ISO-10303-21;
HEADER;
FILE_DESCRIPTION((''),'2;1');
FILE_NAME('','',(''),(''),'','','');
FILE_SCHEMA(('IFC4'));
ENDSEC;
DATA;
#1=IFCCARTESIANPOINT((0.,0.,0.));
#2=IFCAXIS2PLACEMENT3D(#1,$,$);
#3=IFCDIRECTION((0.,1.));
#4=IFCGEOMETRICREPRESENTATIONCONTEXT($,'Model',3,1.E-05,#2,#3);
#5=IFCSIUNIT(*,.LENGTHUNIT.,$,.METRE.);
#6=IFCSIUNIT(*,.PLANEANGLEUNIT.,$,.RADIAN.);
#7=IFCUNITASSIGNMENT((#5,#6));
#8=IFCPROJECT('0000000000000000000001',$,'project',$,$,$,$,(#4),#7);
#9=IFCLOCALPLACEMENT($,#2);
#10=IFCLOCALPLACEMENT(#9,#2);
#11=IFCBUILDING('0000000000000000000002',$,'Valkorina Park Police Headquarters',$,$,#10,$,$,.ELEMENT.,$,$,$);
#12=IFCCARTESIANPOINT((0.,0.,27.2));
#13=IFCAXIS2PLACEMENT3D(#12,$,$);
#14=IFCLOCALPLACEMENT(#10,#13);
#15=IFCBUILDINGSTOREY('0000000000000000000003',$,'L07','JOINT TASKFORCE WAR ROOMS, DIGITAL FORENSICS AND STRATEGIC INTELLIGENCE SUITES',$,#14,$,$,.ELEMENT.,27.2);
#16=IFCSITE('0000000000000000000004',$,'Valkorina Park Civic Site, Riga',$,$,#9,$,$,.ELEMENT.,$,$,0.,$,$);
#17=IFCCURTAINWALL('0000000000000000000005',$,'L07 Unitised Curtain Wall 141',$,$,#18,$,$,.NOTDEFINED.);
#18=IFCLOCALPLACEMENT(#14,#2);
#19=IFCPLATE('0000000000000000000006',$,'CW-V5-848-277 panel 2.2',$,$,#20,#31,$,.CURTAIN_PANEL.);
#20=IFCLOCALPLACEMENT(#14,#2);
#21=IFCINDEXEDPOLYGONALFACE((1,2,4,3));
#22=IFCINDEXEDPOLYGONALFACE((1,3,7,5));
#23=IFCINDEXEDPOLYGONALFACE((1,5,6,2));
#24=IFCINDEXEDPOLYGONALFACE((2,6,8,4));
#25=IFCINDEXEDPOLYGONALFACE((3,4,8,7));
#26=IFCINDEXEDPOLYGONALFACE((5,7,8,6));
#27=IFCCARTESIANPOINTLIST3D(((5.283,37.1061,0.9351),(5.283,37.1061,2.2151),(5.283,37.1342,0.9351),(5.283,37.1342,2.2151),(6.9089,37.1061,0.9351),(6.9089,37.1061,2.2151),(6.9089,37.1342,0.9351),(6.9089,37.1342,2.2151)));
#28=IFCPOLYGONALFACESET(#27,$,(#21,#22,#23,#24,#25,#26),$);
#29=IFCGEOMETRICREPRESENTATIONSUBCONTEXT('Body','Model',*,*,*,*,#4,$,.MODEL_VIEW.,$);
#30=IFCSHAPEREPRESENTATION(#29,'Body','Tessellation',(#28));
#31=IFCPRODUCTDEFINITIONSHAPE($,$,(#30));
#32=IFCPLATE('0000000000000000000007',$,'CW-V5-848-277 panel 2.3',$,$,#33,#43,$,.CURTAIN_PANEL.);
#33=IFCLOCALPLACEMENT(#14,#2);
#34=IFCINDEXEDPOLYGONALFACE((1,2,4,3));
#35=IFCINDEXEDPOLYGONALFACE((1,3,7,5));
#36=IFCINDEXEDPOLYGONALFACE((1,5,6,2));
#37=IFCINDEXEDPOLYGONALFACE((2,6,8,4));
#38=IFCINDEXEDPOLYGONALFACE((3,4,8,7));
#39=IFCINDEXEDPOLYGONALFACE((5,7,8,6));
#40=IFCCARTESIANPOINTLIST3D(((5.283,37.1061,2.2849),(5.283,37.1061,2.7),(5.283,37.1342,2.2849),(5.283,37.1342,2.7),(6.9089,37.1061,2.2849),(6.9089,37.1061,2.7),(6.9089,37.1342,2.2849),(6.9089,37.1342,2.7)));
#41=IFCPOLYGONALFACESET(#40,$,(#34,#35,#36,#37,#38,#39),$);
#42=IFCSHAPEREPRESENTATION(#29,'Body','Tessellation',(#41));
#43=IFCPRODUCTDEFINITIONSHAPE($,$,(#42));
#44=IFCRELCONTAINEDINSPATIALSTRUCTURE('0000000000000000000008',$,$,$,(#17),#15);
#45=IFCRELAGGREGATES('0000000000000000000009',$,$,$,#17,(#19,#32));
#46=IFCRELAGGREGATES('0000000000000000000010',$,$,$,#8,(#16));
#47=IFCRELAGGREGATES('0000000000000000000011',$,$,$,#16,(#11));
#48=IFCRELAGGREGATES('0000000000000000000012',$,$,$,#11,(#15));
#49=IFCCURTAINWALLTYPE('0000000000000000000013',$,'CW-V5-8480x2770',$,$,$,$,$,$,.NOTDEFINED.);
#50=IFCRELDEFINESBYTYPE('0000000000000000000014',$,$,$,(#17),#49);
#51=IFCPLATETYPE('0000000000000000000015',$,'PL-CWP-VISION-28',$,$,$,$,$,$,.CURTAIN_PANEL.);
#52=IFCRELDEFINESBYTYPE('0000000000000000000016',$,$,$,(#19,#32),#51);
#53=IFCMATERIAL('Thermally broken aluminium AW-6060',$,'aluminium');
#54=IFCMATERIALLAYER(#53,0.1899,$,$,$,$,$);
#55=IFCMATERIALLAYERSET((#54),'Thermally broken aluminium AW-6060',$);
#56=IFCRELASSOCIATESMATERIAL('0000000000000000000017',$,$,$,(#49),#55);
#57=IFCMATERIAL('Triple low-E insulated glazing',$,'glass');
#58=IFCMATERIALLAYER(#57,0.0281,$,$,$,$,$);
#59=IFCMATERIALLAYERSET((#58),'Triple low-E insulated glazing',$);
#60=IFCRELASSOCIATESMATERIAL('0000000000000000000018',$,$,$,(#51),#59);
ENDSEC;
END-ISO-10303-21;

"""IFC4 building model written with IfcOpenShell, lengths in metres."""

from ifc_helpers import new_model, si_unit, direction, frame, origin, origin_2d, place, context, subcontext, project, spatial, rectangle, extrude, material, layer, layer_set, type_object, element, aggregate, save


model = new_model("IFC4")

# Units and contexts
model_context = context("Model", 3, precision=1e-05, world=origin(), true_north=direction((0.0, 1.0)))
body_context = subcontext(model_context, "Body", "Model", "MODEL_VIEW")
ifc_project = project(units=[si_unit("LENGTHUNIT", "METRE"), si_unit("PLANEANGLEUNIT", "RADIAN")], contexts=[model_context])

# Site, building, storey
site_placement = place(None, origin())
site = spatial("IfcSite", under=ifc_project, at=site_placement, Name="Valkorina Park Civic Site, Riga", CompositionType="ELEMENT", RefElevation=0.0)
building_placement = place(site_placement, origin())
building = spatial("IfcBuilding", under=site, at=building_placement, Name="Valkorina Park Police Headquarters", CompositionType="ELEMENT")
storey_placement = place(building_placement, frame((0.0, 0.0, 27.2)))
storey = spatial("IfcBuildingStorey", under=building, at=storey_placement, Name="L07", Description="JOINT TASKFORCE WAR ROOMS, DIGITAL FORENSICS AND STRATEGIC INTELLIGENCE SUITES", CompositionType="ELEMENT", Elevation=27.2)

# Shared definitions
ifc_material_1 = material(Name="Thermally broken aluminium AW-6060", Category="aluminium")

# Curtain wall
ifc_layer_1 = layer(ifc_material_1, 0.1899)
ifc_layer_set_1 = layer_set([ifc_layer_1], Name="Thermally broken aluminium AW-6060")
curtain_wall_type_1 = type_object("IfcCurtainWallType", Name="CW-V5-8480x2770", PredefinedType="NOTDEFINED", material=ifc_layer_set_1)
curtain_wall_1_placement = place(storey_placement, origin())
curtain_wall_1 = element("IfcCurtainWall", 1, at=curtain_wall_1_placement, inside=storey, type_object=curtain_wall_type_1, Name="L07 Unitised Curtain Wall 141", PredefinedType="NOTDEFINED")

# Plates
ifc_material_2 = material(Name="Triple low-E insulated glazing", Category="glass")
ifc_layer_2 = layer(ifc_material_2, 0.0281)
ifc_layer_set_2 = layer_set([ifc_layer_2], Name="Triple low-E insulated glazing")
plate_type_1 = type_object("IfcPlateType", Name="PL-CWP-VISION-28", PredefinedType="CURTAIN_PANEL", material=ifc_layer_set_2)
plate_1_placement = place(storey_placement, frame((6.0959, 37.1201, 0.9351), z_axis=(0.0, 0.0, 1.0), x_axis=(-1.0, 0.0, 0.0)))
plate_1 = element("IfcPlate", 2, at=plate_1_placement, type_object=plate_type_1, Name="CW-V5-848-277 panel 2.2", PredefinedType="CURTAIN_PANEL", context=body_context, shape_type="SweptSolid", body=[
    extrude(rectangle(XDim=1.626, YDim=0.0281, at=origin_2d()), origin(), (0.0, 0.0, 1.0), 1.28),
])
plate_2_placement = place(storey_placement, frame((6.0959, 37.1201, 2.2849), z_axis=(0.0, 0.0, 1.0), x_axis=(-1.0, 0.0, 0.0)))
plate_2 = element("IfcPlate", 3, at=plate_2_placement, type_object=plate_type_1, Name="CW-V5-848-277 panel 2.3", PredefinedType="CURTAIN_PANEL", context=body_context, shape_type="SweptSolid", body=[
    extrude(rectangle(XDim=1.626, YDim=0.0281, at=origin_2d()), origin(), (0.0, 0.0, 1.0), 0.415),
])
aggregate(curtain_wall_1, [plate_1, plate_2])

save(model, "model.ifc")
